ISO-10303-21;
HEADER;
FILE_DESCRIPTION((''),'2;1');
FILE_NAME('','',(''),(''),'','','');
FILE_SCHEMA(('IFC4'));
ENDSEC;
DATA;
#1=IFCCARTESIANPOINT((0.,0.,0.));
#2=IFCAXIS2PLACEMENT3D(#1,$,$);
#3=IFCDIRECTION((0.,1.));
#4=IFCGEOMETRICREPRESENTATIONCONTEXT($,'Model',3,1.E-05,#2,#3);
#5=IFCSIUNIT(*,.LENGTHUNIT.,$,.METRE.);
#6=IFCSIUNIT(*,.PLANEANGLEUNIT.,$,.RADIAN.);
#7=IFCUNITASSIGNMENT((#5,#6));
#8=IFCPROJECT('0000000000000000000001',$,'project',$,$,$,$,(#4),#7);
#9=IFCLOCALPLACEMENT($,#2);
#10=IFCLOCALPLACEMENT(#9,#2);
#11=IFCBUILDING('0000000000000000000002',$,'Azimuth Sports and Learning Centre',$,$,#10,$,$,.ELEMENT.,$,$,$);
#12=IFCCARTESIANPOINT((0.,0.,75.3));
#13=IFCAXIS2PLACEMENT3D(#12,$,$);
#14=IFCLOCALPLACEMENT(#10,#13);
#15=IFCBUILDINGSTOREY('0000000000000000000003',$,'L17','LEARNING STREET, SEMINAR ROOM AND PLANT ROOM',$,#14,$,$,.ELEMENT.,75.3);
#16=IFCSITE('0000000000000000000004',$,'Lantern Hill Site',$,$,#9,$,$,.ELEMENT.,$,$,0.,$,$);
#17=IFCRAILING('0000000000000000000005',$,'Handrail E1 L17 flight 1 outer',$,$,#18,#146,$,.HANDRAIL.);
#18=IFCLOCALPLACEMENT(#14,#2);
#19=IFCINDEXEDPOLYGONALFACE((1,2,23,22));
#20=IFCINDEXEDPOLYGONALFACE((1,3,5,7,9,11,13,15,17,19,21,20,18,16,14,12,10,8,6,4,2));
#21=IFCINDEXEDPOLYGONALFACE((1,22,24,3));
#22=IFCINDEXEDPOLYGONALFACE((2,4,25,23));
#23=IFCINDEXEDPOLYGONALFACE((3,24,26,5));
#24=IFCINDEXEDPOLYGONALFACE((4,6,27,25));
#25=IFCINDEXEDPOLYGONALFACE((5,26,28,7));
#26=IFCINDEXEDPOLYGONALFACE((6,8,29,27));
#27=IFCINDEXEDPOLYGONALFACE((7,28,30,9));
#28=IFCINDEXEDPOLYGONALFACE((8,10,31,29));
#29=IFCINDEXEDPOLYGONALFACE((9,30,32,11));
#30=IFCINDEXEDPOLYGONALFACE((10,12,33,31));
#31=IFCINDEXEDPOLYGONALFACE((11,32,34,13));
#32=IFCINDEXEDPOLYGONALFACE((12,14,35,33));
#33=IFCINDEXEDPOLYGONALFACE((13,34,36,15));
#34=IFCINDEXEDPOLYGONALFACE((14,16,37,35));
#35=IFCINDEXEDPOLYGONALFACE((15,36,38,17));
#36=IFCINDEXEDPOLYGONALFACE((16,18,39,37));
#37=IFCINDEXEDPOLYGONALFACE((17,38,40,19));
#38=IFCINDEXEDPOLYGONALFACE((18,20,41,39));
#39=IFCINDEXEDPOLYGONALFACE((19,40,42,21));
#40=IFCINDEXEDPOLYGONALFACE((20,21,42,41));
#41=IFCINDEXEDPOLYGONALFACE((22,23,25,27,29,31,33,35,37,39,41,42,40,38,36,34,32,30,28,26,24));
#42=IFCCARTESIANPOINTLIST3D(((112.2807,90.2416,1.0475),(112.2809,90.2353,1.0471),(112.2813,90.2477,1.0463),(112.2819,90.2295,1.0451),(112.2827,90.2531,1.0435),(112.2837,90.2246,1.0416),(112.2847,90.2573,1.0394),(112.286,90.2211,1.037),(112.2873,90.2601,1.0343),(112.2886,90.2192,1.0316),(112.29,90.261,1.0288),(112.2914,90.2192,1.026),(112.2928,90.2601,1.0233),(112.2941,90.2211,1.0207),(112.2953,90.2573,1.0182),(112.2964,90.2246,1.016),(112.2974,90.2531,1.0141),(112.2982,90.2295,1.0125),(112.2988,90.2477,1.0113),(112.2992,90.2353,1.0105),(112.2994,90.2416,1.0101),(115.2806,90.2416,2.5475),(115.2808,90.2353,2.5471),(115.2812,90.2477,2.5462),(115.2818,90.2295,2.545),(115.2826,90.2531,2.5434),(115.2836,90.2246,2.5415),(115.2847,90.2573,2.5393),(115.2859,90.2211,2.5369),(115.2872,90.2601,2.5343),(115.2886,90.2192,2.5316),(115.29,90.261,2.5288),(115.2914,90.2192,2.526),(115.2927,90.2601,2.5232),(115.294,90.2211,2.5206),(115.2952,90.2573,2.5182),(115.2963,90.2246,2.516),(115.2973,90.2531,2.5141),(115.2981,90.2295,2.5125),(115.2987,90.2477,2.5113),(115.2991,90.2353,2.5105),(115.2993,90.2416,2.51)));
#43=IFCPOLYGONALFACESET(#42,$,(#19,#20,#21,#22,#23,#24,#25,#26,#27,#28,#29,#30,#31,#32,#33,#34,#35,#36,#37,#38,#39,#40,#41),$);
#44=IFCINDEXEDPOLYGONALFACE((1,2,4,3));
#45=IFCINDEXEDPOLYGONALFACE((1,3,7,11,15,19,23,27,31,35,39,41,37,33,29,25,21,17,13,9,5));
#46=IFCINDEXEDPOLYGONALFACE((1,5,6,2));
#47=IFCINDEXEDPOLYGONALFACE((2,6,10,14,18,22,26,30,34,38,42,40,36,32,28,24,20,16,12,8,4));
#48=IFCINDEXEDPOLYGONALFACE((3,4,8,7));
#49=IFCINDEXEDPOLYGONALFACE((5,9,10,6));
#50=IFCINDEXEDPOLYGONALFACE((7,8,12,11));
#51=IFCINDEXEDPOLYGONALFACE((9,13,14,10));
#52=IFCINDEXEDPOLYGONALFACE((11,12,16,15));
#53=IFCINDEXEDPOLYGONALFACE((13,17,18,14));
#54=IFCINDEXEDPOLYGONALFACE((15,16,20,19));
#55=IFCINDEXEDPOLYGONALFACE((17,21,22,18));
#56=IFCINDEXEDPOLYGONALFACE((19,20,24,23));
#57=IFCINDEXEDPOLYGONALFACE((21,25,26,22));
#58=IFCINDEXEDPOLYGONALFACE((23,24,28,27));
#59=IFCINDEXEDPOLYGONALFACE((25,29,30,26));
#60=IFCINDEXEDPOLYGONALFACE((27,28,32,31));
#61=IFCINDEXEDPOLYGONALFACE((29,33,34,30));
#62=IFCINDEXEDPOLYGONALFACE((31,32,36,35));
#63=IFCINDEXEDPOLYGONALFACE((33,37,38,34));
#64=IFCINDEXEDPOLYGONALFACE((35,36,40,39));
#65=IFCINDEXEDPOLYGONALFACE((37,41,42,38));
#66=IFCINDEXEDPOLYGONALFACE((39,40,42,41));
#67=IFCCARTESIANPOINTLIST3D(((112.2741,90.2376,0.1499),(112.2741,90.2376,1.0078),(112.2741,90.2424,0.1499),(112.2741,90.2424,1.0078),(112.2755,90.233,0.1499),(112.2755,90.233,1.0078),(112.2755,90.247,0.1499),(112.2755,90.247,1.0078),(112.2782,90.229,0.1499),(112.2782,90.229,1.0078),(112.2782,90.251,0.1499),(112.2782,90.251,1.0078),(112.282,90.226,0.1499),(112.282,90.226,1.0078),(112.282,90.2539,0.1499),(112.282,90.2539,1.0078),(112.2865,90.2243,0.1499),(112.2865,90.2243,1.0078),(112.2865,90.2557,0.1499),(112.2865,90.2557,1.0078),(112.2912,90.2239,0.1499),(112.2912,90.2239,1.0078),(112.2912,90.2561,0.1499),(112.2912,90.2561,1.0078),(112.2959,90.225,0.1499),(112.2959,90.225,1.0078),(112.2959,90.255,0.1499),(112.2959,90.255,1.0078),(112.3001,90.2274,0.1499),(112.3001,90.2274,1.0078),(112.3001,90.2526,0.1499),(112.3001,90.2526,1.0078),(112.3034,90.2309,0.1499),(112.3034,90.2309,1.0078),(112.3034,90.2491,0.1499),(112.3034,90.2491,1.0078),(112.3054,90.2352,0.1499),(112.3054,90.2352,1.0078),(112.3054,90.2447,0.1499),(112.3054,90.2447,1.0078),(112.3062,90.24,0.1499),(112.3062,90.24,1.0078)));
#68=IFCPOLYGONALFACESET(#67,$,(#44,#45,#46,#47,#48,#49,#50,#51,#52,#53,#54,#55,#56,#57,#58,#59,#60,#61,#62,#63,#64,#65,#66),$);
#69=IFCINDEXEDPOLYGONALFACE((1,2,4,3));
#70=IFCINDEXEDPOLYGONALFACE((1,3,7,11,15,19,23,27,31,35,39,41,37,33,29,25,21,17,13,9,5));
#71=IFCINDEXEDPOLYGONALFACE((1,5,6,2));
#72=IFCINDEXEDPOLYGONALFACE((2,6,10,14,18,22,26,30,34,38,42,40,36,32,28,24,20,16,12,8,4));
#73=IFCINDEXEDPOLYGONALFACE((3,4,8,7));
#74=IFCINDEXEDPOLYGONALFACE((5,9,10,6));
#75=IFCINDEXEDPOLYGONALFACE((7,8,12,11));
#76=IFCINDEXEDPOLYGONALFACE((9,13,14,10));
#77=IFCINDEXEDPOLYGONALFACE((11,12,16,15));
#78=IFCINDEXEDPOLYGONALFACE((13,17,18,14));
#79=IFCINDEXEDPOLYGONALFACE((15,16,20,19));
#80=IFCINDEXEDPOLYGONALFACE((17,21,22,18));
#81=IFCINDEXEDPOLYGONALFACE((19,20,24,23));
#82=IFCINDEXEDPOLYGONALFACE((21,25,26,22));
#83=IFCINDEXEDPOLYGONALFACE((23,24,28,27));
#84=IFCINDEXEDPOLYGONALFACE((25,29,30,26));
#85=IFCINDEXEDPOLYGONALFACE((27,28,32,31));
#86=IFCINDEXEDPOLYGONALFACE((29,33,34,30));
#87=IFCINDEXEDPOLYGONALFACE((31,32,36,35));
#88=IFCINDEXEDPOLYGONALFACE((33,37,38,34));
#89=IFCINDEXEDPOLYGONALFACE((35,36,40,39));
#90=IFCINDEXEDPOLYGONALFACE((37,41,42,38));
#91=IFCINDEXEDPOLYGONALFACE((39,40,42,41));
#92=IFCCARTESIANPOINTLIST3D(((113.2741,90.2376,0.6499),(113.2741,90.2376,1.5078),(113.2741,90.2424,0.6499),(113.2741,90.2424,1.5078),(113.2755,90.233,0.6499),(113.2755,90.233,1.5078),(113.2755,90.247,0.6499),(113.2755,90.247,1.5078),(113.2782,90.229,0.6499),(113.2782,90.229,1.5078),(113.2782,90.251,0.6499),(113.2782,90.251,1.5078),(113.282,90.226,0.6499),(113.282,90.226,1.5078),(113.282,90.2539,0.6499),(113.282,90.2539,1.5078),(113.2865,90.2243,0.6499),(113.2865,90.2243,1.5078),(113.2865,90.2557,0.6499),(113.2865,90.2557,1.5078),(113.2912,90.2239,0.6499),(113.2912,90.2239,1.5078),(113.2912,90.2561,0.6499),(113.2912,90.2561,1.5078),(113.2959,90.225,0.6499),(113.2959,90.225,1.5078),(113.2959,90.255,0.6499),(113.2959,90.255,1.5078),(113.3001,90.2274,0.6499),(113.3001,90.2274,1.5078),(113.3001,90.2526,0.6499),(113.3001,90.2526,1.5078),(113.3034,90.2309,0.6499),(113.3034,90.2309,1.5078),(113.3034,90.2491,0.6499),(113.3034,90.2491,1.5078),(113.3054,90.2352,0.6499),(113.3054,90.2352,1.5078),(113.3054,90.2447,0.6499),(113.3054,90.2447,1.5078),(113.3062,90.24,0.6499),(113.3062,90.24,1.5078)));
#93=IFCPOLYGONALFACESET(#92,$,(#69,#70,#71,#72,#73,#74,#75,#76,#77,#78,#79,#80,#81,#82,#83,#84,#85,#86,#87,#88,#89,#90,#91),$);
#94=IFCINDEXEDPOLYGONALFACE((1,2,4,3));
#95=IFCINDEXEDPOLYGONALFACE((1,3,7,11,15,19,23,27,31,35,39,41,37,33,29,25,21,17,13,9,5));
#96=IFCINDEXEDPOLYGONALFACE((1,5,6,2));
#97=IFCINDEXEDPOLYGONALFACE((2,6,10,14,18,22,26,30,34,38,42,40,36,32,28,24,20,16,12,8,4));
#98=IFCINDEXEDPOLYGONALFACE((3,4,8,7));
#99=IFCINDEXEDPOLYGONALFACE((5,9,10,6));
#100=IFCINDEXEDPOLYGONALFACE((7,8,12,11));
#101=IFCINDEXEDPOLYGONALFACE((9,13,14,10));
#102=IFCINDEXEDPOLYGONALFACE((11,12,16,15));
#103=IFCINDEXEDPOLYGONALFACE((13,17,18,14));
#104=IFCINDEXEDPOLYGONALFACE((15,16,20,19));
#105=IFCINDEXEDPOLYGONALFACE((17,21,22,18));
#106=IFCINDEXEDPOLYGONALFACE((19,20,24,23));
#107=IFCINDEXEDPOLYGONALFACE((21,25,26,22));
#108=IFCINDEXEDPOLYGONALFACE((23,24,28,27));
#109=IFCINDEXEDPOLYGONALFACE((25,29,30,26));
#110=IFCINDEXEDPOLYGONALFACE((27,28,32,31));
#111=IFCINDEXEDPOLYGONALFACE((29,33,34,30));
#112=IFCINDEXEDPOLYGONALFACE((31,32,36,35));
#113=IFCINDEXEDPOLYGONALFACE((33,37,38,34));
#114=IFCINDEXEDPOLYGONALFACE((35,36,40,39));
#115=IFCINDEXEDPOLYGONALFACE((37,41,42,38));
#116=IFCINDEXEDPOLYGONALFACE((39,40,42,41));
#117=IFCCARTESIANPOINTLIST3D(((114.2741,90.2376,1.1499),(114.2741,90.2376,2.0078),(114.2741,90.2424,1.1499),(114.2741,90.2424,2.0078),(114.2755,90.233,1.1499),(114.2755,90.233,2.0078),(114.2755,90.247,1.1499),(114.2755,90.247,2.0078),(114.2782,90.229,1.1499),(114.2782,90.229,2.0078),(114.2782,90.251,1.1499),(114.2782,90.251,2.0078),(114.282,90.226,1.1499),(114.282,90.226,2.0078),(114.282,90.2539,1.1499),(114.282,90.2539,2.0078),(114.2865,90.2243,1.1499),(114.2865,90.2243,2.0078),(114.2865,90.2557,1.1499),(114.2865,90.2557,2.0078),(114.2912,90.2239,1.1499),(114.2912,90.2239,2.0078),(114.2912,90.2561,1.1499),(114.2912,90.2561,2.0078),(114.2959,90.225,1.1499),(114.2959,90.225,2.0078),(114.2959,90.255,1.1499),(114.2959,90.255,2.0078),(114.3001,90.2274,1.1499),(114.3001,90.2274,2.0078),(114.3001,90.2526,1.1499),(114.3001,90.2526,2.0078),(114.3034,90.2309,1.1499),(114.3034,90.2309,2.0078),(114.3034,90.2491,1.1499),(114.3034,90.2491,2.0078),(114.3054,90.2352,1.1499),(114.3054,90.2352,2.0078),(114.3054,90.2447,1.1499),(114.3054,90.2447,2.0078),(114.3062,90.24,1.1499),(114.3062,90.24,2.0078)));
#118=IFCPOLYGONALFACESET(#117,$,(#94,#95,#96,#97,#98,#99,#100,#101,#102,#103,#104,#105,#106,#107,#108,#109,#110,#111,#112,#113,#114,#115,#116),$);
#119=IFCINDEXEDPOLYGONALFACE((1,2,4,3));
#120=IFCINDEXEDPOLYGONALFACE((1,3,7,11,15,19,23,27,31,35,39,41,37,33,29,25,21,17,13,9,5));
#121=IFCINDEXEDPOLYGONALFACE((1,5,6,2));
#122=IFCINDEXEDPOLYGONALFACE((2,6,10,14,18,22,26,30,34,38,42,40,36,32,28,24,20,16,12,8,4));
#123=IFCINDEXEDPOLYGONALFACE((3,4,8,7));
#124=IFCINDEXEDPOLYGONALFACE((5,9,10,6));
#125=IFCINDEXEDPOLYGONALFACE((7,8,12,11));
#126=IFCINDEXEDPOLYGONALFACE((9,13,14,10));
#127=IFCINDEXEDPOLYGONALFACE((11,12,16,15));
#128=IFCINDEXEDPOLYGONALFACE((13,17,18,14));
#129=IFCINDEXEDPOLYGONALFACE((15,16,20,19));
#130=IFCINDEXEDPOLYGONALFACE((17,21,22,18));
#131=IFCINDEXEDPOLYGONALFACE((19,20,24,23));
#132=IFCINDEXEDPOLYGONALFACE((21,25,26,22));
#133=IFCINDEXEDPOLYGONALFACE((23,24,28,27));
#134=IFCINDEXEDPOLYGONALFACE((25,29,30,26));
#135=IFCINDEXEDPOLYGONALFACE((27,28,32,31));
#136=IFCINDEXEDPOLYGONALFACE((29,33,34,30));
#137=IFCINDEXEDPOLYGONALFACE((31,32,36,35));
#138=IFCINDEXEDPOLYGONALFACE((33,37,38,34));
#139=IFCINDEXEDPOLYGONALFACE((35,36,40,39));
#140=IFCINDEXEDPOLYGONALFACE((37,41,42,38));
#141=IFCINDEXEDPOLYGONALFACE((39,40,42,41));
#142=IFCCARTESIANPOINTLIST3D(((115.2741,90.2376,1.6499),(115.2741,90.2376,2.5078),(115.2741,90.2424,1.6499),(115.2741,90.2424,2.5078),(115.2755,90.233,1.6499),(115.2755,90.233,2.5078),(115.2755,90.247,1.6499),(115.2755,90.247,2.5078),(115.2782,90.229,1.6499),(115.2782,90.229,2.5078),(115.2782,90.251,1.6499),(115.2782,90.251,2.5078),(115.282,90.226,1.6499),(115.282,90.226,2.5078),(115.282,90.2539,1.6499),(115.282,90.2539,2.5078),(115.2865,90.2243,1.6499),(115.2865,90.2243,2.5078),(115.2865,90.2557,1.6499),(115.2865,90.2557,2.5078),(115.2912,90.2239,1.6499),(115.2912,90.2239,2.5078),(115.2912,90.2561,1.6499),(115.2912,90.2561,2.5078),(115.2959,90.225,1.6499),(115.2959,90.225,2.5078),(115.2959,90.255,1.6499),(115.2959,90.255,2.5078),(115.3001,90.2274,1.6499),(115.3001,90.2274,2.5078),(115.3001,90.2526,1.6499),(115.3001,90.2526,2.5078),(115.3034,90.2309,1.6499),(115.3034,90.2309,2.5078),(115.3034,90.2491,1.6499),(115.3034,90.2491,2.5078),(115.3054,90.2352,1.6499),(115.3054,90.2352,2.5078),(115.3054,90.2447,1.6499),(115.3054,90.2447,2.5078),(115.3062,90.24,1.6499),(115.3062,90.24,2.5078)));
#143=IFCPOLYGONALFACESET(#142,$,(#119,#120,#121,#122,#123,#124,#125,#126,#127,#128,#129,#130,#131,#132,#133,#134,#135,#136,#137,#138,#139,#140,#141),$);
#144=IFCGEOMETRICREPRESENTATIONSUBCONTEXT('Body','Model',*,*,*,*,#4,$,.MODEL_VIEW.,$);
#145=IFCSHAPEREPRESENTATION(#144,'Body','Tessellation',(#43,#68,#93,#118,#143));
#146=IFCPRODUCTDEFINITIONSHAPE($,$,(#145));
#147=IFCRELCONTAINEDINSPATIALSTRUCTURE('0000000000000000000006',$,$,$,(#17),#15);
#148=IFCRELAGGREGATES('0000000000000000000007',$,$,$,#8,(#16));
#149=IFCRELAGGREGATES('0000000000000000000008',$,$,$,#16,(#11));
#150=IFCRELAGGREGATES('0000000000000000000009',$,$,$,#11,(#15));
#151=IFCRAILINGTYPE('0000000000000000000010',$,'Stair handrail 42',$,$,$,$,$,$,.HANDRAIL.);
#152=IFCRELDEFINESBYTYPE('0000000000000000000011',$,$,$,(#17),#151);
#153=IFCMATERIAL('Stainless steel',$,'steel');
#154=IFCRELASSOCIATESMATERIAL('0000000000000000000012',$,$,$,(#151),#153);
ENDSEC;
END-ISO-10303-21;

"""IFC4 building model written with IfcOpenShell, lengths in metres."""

from ifc_helpers import new_model, si_unit, direction, frame, origin, origin_2d, place, context, subcontext, project, spatial, circle, extrude, material, type_object, element, save


model = new_model("IFC4")

# Units and contexts
model_context = context("Model", 3, precision=1e-05, world=origin(), true_north=direction((0.0, 1.0)))
body_context = subcontext(model_context, "Body", "Model", "MODEL_VIEW")
ifc_project = project(units=[si_unit("LENGTHUNIT", "METRE"), si_unit("PLANEANGLEUNIT", "RADIAN")], contexts=[model_context])

# Site, building, storey
site_placement = place(None, origin())
site = spatial("IfcSite", under=ifc_project, at=site_placement, Name="Lantern Hill Site", CompositionType="ELEMENT", RefElevation=0.0)
building_placement = place(site_placement, origin())
building = spatial("IfcBuilding", under=site, at=building_placement, Name="Azimuth Sports and Learning Centre", CompositionType="ELEMENT")
storey_placement = place(building_placement, frame((0.0, 0.0, 75.3)))
storey = spatial("IfcBuildingStorey", under=building, at=storey_placement, Name="L17", Description="LEARNING STREET, SEMINAR ROOM AND PLANT ROOM", CompositionType="ELEMENT", Elevation=75.3)

# Railing
ifc_material_1 = material(Name="Stainless steel", Category="steel")
railing_type_1 = type_object("IfcRailingType", Name="Stair handrail 42", PredefinedType="HANDRAIL", material=ifc_material_1)
for number, where, name in (
    (1, (112.29, 90.24, 0.1499), "Handrail E1 L17 flight 1 outer"),
):
    element("IfcRailing", number, at=place(storey_placement, frame(where)), inside=storey, type_object=railing_type_1, Name=name, PredefinedType="HANDRAIL", context=body_context, shape_type="SweptSolid", body=[
        extrude(circle(Radius=0.021, at=origin_2d()), frame((0.0, 0.0, 0.8789), z_axis=(0.894427, 0.0, 0.447214), x_axis=(0.0, 1.0, 0.0)), (0.0, 0.0, 1.0), 3.354),
        extrude(circle(Radius=0.0161, at=origin_2d()), origin(), (0.0, 0.0, 1.0), 0.8579),
        extrude(circle(Radius=0.0161, at=origin_2d()), frame((1.0, 0.0, 0.5)), (0.0, 0.0, 1.0), 0.8579),
        extrude(circle(Radius=0.0161, at=origin_2d()), frame((2.0, 0.0, 1.0)), (0.0, 0.0, 1.0), 0.8579),
        extrude(circle(Radius=0.0161, at=origin_2d()), frame((3.0, 0.0, 1.5)), (0.0, 0.0, 1.0), 0.8579),
    ])

save(model, "model.ifc")
